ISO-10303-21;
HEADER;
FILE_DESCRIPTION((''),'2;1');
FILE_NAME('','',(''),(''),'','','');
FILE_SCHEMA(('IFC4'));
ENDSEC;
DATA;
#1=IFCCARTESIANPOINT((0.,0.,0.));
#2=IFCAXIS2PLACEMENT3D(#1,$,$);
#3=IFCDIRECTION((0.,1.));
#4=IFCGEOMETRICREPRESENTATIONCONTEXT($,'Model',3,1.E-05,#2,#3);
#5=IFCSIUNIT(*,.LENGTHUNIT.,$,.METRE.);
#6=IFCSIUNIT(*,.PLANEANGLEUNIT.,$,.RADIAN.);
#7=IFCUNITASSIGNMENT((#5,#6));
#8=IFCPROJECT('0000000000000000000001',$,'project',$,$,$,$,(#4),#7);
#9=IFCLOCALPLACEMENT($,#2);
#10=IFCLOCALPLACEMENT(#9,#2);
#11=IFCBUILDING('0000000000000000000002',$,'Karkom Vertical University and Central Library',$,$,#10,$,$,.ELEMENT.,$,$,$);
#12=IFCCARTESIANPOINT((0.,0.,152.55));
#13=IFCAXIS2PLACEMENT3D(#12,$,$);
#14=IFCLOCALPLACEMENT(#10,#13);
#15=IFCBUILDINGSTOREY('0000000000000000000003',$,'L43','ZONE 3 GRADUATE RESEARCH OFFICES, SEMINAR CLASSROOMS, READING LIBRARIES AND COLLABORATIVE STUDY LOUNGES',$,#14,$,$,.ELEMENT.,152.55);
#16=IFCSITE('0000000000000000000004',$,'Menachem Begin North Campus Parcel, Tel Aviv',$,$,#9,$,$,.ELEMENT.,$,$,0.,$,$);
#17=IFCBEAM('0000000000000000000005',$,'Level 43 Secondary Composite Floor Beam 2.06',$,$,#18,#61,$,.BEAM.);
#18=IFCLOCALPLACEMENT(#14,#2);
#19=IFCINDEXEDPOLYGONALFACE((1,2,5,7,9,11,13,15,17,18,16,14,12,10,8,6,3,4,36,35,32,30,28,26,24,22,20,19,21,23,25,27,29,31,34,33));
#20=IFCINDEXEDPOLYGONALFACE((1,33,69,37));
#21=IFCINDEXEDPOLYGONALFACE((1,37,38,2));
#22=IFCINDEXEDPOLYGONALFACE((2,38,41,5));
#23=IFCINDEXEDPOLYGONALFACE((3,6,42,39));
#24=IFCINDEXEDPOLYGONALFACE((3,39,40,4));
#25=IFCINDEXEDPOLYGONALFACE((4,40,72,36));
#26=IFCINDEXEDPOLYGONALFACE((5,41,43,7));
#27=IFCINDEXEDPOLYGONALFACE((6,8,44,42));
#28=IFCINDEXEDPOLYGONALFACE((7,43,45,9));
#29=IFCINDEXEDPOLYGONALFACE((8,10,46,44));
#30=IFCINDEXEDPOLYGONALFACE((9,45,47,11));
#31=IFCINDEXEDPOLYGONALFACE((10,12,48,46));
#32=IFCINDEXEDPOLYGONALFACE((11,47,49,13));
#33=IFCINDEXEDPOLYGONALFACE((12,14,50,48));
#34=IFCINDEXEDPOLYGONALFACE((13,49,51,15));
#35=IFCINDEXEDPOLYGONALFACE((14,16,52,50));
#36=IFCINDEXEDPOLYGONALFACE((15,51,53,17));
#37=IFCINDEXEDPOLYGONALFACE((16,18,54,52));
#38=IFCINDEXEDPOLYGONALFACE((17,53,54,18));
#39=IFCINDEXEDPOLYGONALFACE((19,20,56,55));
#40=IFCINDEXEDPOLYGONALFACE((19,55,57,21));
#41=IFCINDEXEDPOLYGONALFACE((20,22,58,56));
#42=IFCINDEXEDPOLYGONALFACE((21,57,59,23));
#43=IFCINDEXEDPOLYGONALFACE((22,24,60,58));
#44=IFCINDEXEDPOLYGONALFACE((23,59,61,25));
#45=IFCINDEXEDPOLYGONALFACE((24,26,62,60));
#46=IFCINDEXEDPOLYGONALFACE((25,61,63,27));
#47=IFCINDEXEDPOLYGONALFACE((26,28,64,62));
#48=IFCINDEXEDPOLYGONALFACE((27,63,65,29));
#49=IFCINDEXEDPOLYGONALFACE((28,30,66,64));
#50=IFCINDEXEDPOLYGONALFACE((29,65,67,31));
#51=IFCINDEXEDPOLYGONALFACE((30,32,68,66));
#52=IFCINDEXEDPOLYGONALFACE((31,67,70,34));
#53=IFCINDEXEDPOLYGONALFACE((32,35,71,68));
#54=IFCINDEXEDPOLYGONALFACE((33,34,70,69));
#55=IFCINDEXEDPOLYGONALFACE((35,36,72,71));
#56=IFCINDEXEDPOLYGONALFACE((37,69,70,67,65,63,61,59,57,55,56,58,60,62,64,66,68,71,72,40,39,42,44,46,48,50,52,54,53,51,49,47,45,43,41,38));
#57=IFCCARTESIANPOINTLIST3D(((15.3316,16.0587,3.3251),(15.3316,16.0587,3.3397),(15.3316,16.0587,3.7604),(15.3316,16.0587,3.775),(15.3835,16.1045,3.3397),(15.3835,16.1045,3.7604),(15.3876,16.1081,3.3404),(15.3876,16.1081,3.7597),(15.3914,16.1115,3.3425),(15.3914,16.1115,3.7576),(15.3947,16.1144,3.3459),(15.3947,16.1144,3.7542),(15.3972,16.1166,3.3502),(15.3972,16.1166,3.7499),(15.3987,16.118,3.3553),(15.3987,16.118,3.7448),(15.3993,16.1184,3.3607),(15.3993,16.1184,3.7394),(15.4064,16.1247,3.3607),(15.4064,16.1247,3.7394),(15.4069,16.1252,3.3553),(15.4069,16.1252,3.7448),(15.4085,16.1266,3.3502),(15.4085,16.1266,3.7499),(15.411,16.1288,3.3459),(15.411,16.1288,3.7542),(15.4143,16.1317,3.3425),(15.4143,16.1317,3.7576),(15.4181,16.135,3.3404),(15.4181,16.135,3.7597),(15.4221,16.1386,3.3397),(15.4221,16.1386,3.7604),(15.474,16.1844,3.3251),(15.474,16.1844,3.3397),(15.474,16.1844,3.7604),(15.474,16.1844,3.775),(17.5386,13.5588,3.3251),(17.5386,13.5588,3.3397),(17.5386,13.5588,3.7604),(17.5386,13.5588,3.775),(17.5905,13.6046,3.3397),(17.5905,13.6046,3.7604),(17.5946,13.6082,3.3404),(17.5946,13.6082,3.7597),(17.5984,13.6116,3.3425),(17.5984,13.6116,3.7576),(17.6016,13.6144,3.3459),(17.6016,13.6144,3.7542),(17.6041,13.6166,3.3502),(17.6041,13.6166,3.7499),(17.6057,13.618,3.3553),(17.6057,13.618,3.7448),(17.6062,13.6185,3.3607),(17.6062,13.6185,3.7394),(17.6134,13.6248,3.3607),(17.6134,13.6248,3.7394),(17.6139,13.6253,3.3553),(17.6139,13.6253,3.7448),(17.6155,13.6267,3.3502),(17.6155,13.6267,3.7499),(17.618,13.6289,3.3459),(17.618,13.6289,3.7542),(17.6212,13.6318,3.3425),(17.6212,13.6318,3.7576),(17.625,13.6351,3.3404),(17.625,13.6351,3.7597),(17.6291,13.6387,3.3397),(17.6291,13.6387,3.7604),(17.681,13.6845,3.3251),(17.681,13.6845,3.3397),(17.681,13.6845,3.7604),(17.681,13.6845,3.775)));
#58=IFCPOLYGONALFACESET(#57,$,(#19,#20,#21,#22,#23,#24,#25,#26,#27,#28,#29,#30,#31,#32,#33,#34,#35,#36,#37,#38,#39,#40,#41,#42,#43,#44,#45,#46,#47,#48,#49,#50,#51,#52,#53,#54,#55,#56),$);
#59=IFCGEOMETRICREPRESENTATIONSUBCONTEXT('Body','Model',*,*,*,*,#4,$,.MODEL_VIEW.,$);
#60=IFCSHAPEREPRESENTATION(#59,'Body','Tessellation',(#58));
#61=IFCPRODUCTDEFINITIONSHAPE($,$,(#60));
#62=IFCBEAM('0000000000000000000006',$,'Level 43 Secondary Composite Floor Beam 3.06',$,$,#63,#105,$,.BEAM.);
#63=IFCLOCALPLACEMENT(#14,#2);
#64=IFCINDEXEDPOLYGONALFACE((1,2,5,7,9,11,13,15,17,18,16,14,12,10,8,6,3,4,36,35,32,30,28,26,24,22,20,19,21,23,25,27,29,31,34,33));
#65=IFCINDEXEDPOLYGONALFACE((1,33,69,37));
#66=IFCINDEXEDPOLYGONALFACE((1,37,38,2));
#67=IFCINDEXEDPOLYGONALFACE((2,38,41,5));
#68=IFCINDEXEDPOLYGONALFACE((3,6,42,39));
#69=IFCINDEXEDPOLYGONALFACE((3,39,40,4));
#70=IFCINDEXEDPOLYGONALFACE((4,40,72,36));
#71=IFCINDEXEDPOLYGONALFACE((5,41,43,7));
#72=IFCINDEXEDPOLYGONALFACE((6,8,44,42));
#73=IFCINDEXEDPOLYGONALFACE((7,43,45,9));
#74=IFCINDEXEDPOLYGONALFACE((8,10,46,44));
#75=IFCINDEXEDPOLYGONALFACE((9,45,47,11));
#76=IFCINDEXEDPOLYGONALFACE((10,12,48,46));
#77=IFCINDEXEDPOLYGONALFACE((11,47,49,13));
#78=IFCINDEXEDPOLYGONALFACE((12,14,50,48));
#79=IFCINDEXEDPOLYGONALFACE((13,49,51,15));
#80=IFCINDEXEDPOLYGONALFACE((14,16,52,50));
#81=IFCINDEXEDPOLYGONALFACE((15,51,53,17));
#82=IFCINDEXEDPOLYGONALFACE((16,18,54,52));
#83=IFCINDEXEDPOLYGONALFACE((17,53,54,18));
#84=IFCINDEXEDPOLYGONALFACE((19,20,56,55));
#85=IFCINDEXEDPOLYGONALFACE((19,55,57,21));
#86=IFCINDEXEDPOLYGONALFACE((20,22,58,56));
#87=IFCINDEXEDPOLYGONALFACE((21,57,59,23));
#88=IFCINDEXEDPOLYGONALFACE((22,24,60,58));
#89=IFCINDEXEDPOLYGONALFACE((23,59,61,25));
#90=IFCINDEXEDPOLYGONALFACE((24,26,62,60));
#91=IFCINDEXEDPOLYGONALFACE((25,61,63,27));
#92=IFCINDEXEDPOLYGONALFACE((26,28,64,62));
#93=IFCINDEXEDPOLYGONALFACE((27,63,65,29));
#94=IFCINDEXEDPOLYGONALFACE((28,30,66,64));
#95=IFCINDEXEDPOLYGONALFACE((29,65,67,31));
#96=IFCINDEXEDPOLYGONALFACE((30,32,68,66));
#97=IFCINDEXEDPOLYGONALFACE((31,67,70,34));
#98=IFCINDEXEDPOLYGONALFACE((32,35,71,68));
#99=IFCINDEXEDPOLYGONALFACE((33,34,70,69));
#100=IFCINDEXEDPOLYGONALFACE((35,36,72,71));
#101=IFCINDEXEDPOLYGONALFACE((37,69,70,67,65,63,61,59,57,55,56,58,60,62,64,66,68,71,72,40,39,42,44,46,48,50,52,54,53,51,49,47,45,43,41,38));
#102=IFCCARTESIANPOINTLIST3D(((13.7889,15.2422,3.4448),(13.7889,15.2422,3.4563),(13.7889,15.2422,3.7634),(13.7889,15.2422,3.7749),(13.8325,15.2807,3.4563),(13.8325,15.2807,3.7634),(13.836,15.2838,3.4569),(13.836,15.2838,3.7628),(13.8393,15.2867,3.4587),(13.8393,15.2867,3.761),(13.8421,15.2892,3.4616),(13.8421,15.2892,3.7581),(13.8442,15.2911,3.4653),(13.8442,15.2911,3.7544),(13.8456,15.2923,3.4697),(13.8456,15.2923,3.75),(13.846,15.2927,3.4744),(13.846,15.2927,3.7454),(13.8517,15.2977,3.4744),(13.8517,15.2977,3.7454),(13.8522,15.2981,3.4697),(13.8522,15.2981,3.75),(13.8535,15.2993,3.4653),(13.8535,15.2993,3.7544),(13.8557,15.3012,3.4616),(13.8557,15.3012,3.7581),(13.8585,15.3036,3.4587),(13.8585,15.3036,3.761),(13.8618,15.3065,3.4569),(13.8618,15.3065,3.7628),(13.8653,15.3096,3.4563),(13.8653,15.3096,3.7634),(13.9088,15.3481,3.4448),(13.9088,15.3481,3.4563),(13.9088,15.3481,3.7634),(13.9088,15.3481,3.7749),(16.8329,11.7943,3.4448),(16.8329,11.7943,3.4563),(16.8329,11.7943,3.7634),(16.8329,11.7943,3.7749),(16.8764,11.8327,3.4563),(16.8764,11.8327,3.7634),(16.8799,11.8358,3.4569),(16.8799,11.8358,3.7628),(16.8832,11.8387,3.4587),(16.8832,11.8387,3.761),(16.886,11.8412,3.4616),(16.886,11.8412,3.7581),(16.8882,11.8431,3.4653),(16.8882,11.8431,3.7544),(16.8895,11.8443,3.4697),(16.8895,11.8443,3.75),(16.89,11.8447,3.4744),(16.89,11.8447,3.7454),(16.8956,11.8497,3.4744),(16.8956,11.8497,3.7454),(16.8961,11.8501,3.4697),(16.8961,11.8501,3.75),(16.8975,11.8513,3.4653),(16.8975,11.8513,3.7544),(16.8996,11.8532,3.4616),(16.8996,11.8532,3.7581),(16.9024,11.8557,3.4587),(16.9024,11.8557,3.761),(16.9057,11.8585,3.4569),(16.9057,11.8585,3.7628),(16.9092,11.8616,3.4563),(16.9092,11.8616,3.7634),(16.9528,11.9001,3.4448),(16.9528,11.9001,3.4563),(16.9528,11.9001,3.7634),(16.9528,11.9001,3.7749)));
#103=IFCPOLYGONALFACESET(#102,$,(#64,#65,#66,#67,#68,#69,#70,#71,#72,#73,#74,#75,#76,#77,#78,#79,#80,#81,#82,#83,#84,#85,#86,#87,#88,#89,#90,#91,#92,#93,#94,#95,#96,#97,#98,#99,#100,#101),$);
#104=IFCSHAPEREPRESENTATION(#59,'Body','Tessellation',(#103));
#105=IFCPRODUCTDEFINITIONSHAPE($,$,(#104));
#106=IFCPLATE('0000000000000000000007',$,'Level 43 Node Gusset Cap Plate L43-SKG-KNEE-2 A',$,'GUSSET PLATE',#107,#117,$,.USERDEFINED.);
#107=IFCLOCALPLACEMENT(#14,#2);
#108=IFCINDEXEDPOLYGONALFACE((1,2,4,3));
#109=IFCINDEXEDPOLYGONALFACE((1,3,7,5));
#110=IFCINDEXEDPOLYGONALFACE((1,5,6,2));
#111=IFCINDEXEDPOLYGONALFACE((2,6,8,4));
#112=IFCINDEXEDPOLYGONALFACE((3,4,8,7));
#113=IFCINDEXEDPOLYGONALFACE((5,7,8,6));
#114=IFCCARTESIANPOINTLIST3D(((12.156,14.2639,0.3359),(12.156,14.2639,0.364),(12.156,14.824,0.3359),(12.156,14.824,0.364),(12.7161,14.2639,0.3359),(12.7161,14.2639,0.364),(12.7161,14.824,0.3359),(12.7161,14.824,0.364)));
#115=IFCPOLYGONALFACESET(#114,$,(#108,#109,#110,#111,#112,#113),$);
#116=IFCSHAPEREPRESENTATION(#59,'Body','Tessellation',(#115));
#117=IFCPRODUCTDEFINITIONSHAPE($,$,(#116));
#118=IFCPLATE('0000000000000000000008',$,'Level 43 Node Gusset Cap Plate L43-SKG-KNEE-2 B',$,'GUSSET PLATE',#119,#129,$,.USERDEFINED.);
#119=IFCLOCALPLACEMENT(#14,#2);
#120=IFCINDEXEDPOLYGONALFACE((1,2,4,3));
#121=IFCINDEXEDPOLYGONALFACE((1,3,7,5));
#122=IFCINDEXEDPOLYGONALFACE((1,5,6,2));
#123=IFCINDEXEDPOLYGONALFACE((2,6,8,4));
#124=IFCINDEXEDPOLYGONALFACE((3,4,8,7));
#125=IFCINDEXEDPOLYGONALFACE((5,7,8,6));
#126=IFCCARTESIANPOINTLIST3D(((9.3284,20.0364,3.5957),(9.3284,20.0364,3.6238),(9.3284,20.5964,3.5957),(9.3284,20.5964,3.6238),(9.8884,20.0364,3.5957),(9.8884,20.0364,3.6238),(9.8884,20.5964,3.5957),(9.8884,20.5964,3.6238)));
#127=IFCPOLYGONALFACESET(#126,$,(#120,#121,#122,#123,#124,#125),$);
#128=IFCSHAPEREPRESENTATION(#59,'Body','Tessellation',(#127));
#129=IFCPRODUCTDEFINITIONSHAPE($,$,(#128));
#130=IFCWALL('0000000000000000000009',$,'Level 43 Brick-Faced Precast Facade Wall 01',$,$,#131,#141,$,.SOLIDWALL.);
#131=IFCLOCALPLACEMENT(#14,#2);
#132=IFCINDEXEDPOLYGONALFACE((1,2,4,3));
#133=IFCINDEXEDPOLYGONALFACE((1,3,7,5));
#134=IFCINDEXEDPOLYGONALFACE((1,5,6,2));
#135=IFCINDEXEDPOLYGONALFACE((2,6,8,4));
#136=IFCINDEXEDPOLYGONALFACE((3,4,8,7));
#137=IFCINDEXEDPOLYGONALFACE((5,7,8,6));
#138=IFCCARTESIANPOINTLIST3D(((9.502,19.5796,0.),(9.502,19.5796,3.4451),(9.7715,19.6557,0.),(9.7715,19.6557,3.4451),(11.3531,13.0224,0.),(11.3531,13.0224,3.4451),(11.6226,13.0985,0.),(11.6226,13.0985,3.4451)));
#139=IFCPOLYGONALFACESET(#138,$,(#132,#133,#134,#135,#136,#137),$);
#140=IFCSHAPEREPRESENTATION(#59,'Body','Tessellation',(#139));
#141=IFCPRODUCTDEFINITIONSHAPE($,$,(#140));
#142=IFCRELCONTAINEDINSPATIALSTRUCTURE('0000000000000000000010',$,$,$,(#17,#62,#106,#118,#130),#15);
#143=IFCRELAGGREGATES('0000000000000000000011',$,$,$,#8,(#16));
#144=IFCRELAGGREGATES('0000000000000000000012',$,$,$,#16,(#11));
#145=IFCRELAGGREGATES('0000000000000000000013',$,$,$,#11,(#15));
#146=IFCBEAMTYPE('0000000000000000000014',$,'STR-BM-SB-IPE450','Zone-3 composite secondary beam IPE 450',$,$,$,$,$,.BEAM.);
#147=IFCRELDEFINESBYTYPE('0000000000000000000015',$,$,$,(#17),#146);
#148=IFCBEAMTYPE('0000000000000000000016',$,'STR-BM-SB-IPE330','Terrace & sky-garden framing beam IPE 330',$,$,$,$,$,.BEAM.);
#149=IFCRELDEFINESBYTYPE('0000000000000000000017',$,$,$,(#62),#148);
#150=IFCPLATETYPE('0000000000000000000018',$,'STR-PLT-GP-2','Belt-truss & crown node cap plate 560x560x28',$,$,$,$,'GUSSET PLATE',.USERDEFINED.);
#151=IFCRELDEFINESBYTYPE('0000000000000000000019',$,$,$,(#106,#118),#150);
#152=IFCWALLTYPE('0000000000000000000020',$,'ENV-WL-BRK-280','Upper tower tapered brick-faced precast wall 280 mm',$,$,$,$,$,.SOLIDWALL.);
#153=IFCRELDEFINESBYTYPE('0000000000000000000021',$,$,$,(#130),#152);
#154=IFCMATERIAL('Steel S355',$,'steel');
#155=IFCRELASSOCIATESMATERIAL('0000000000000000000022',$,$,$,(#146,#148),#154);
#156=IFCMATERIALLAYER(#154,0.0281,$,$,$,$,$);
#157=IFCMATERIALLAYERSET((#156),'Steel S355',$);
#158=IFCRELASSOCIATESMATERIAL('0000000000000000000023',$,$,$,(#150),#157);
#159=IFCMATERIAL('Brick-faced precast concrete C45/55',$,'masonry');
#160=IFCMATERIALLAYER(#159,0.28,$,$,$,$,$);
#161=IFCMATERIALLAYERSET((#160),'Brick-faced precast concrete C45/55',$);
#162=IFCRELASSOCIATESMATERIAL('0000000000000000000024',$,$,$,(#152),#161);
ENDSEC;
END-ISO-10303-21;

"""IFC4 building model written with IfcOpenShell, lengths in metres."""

from ifc_helpers import new_model, si_unit, direction, frame, frame_2d, origin, origin_with_axes, origin_2d, place, context, subcontext, project, spatial, rectangle, i_section, extrude, source, transform, mapped, material, layer, layer_set, material_profile, profile_set, type_object, element, save


model = new_model("IFC4")

# Units and contexts
model_context = context("Model", 3, precision=1e-05, world=origin(), true_north=direction((0.0, 1.0)))
body_context = subcontext(model_context, "Body", "Model", "MODEL_VIEW")
ifc_project = project(units=[si_unit("LENGTHUNIT", "METRE"), si_unit("PLANEANGLEUNIT", "RADIAN")], contexts=[model_context])

# Site, building, storey
site_placement = place(None, origin())
site = spatial("IfcSite", under=ifc_project, at=site_placement, Name="Menachem Begin North Campus Parcel, Tel Aviv", CompositionType="ELEMENT", RefElevation=0.0)
building_placement = place(site_placement, origin())
building = spatial("IfcBuilding", under=site, at=building_placement, Name="Karkom Vertical University and Central Library", CompositionType="ELEMENT")
storey_placement = place(building_placement, frame((0.0, 0.0, 152.55)))
storey = spatial("IfcBuildingStorey", under=building, at=storey_placement, Name="L43", Description="ZONE 3 GRADUATE RESEARCH OFFICES, SEMINAR CLASSROOMS, READING LIBRARIES AND COLLABORATIVE STUDY LOUNGES", CompositionType="ELEMENT", Elevation=152.55)

# Beams
ifc_material_1 = material(Name="Steel S355", Category="steel")
ifc_material_profile_1 = material_profile(ifc_material_1, i_section(OverallWidth=0.1899, OverallDepth=0.45, WebThickness=0.0095, FlangeThickness=0.0146, FilletRadius=0.021, at=origin_2d()), Name="IPE 450")
ifc_profile_set_1 = profile_set([ifc_material_profile_1], Name="Steel S355")
beam_type_1 = type_object("IfcBeamType", Name="STR-BM-SB-IPE450", Description="Zone-3 composite secondary beam IPE 450", PredefinedType="BEAM", material=ifc_profile_set_1)
shared_shape_1 = source(origin_with_axes(), body_context, "Body", "SweptSolid", [
    extrude(i_section(OverallWidth=0.1899, OverallDepth=0.45, WebThickness=0.0095, FlangeThickness=0.0146, FilletRadius=0.021, at=origin_2d()), origin(), (0.0, 0.0, 1.0), 3.3347),
])
beam_1_placement = place(storey_placement, frame((15.4028, 16.1216, 3.55), z_axis=(0.661815, -0.749667, 0.0), x_axis=(0.749667, 0.661815, 0.0)))
element("IfcBeam", 1, at=beam_1_placement, inside=storey, type_object=beam_type_1, Name="Level 43 Secondary Composite Floor Beam 2.06", PredefinedType="BEAM", context=body_context, shape_type="MappedRepresentation", body=[
    mapped(shared_shape_1, transform((0.0, 0.0, 0.0), scale=1.0)),
])
ifc_material_profile_2 = material_profile(ifc_material_1, i_section(OverallWidth=0.1599, OverallDepth=0.3301, WebThickness=0.0076, FlangeThickness=0.0115, FilletRadius=0.0181, at=origin_2d()), Name="IPE 330")
ifc_profile_set_2 = profile_set([ifc_material_profile_2], Name="Steel S355")
beam_type_2 = type_object("IfcBeamType", Name="STR-BM-SB-IPE330", Description="Terrace & sky-garden framing beam IPE 330", PredefinedType="BEAM", material=ifc_profile_set_2)
shared_shape_2 = source(origin_with_axes(), body_context, "Body", "SweptSolid", [
    extrude(i_section(OverallWidth=0.1599, OverallDepth=0.3301, WebThickness=0.0076, FlangeThickness=0.0115, FilletRadius=0.0181, at=origin_2d()), origin(), (0.0, 0.0, 1.0), 4.5994),
])
beam_2_placement = place(storey_placement, frame((13.8489, 15.2952, 3.6099), z_axis=(0.661816, -0.749666, 0.0), x_axis=(0.749666, 0.661816, 0.0)))
element("IfcBeam", 2, at=beam_2_placement, inside=storey, type_object=beam_type_2, Name="Level 43 Secondary Composite Floor Beam 3.06", PredefinedType="BEAM", context=body_context, shape_type="MappedRepresentation", body=[
    mapped(shared_shape_2, transform((0.0, 0.0, 0.0), scale=1.0)),
])

# Plates
ifc_layer_1 = layer(ifc_material_1, 0.0281)
ifc_layer_set_1 = layer_set([ifc_layer_1], Name="Steel S355")
plate_type = type_object("IfcPlateType", Name="STR-PLT-GP-2", Description="Belt-truss & crown node cap plate 560x560x28", ElementType="GUSSET PLATE", PredefinedType="USERDEFINED", material=ifc_layer_set_1)
shared_shape_3 = source(origin_with_axes(), body_context, "Body", "SweptSolid", [
    extrude(rectangle(XDim=0.5601, YDim=0.5601, at=origin_2d()), origin(), (0.0, 0.0, 1.0), 0.0281),
])
for number, where, z_axis, x_axis, name in (
    (3, (12.436, 14.5439, 0.3359), (0.0, 0.0, 1.0), (1.0, 0.0, 0.0), "Level 43 Node Gusset Cap Plate L43-SKG-KNEE-2 A"),
    (4, (9.6084, 20.3164, 3.5957), (0.0, 0.0, 1.0), (1.0, 0.0, 0.0), "Level 43 Node Gusset Cap Plate L43-SKG-KNEE-2 B"),
):
    element("IfcPlate", number, at=place(storey_placement, frame(where, z_axis=z_axis, x_axis=x_axis)), inside=storey, type_object=plate_type, Name=name, ObjectType="GUSSET PLATE", PredefinedType="USERDEFINED", context=body_context, shape_type="MappedRepresentation", body=[
        mapped(shared_shape_3, transform((0.0, 0.0, 0.0), scale=1.0)),
    ])

# Wall
ifc_material_2 = material(Name="Brick-faced precast concrete C45/55", Category="masonry")
ifc_layer_2 = layer(ifc_material_2, 0.28)
ifc_layer_set_2 = layer_set([ifc_layer_2], Name="Brick-faced precast concrete C45/55")
wall_type_1 = type_object("IfcWallType", Name="ENV-WL-BRK-280", Description="Upper tower tapered brick-faced precast wall 280 mm", PredefinedType="SOLIDWALL", material=ifc_layer_set_2)
wall_1_placement = place(storey_placement, frame((9.6367, 19.6177, 0.0), z_axis=(0.0, 0.0, 1.0), x_axis=(0.271681, -0.962387, 0.0)))
element("IfcWall", 5, at=wall_1_placement, inside=storey, type_object=wall_type_1, Name="Level 43 Brick-Faced Precast Facade Wall 01", PredefinedType="SOLIDWALL", context=body_context, shape_type="SweptSolid", body=[
    extrude(rectangle(XDim=6.8135, YDim=0.28, at=frame_2d((3.4067, 0.0))), origin(), (0.0, 0.0, 1.0), 3.4451),
])

save(model, "model.ifc")
